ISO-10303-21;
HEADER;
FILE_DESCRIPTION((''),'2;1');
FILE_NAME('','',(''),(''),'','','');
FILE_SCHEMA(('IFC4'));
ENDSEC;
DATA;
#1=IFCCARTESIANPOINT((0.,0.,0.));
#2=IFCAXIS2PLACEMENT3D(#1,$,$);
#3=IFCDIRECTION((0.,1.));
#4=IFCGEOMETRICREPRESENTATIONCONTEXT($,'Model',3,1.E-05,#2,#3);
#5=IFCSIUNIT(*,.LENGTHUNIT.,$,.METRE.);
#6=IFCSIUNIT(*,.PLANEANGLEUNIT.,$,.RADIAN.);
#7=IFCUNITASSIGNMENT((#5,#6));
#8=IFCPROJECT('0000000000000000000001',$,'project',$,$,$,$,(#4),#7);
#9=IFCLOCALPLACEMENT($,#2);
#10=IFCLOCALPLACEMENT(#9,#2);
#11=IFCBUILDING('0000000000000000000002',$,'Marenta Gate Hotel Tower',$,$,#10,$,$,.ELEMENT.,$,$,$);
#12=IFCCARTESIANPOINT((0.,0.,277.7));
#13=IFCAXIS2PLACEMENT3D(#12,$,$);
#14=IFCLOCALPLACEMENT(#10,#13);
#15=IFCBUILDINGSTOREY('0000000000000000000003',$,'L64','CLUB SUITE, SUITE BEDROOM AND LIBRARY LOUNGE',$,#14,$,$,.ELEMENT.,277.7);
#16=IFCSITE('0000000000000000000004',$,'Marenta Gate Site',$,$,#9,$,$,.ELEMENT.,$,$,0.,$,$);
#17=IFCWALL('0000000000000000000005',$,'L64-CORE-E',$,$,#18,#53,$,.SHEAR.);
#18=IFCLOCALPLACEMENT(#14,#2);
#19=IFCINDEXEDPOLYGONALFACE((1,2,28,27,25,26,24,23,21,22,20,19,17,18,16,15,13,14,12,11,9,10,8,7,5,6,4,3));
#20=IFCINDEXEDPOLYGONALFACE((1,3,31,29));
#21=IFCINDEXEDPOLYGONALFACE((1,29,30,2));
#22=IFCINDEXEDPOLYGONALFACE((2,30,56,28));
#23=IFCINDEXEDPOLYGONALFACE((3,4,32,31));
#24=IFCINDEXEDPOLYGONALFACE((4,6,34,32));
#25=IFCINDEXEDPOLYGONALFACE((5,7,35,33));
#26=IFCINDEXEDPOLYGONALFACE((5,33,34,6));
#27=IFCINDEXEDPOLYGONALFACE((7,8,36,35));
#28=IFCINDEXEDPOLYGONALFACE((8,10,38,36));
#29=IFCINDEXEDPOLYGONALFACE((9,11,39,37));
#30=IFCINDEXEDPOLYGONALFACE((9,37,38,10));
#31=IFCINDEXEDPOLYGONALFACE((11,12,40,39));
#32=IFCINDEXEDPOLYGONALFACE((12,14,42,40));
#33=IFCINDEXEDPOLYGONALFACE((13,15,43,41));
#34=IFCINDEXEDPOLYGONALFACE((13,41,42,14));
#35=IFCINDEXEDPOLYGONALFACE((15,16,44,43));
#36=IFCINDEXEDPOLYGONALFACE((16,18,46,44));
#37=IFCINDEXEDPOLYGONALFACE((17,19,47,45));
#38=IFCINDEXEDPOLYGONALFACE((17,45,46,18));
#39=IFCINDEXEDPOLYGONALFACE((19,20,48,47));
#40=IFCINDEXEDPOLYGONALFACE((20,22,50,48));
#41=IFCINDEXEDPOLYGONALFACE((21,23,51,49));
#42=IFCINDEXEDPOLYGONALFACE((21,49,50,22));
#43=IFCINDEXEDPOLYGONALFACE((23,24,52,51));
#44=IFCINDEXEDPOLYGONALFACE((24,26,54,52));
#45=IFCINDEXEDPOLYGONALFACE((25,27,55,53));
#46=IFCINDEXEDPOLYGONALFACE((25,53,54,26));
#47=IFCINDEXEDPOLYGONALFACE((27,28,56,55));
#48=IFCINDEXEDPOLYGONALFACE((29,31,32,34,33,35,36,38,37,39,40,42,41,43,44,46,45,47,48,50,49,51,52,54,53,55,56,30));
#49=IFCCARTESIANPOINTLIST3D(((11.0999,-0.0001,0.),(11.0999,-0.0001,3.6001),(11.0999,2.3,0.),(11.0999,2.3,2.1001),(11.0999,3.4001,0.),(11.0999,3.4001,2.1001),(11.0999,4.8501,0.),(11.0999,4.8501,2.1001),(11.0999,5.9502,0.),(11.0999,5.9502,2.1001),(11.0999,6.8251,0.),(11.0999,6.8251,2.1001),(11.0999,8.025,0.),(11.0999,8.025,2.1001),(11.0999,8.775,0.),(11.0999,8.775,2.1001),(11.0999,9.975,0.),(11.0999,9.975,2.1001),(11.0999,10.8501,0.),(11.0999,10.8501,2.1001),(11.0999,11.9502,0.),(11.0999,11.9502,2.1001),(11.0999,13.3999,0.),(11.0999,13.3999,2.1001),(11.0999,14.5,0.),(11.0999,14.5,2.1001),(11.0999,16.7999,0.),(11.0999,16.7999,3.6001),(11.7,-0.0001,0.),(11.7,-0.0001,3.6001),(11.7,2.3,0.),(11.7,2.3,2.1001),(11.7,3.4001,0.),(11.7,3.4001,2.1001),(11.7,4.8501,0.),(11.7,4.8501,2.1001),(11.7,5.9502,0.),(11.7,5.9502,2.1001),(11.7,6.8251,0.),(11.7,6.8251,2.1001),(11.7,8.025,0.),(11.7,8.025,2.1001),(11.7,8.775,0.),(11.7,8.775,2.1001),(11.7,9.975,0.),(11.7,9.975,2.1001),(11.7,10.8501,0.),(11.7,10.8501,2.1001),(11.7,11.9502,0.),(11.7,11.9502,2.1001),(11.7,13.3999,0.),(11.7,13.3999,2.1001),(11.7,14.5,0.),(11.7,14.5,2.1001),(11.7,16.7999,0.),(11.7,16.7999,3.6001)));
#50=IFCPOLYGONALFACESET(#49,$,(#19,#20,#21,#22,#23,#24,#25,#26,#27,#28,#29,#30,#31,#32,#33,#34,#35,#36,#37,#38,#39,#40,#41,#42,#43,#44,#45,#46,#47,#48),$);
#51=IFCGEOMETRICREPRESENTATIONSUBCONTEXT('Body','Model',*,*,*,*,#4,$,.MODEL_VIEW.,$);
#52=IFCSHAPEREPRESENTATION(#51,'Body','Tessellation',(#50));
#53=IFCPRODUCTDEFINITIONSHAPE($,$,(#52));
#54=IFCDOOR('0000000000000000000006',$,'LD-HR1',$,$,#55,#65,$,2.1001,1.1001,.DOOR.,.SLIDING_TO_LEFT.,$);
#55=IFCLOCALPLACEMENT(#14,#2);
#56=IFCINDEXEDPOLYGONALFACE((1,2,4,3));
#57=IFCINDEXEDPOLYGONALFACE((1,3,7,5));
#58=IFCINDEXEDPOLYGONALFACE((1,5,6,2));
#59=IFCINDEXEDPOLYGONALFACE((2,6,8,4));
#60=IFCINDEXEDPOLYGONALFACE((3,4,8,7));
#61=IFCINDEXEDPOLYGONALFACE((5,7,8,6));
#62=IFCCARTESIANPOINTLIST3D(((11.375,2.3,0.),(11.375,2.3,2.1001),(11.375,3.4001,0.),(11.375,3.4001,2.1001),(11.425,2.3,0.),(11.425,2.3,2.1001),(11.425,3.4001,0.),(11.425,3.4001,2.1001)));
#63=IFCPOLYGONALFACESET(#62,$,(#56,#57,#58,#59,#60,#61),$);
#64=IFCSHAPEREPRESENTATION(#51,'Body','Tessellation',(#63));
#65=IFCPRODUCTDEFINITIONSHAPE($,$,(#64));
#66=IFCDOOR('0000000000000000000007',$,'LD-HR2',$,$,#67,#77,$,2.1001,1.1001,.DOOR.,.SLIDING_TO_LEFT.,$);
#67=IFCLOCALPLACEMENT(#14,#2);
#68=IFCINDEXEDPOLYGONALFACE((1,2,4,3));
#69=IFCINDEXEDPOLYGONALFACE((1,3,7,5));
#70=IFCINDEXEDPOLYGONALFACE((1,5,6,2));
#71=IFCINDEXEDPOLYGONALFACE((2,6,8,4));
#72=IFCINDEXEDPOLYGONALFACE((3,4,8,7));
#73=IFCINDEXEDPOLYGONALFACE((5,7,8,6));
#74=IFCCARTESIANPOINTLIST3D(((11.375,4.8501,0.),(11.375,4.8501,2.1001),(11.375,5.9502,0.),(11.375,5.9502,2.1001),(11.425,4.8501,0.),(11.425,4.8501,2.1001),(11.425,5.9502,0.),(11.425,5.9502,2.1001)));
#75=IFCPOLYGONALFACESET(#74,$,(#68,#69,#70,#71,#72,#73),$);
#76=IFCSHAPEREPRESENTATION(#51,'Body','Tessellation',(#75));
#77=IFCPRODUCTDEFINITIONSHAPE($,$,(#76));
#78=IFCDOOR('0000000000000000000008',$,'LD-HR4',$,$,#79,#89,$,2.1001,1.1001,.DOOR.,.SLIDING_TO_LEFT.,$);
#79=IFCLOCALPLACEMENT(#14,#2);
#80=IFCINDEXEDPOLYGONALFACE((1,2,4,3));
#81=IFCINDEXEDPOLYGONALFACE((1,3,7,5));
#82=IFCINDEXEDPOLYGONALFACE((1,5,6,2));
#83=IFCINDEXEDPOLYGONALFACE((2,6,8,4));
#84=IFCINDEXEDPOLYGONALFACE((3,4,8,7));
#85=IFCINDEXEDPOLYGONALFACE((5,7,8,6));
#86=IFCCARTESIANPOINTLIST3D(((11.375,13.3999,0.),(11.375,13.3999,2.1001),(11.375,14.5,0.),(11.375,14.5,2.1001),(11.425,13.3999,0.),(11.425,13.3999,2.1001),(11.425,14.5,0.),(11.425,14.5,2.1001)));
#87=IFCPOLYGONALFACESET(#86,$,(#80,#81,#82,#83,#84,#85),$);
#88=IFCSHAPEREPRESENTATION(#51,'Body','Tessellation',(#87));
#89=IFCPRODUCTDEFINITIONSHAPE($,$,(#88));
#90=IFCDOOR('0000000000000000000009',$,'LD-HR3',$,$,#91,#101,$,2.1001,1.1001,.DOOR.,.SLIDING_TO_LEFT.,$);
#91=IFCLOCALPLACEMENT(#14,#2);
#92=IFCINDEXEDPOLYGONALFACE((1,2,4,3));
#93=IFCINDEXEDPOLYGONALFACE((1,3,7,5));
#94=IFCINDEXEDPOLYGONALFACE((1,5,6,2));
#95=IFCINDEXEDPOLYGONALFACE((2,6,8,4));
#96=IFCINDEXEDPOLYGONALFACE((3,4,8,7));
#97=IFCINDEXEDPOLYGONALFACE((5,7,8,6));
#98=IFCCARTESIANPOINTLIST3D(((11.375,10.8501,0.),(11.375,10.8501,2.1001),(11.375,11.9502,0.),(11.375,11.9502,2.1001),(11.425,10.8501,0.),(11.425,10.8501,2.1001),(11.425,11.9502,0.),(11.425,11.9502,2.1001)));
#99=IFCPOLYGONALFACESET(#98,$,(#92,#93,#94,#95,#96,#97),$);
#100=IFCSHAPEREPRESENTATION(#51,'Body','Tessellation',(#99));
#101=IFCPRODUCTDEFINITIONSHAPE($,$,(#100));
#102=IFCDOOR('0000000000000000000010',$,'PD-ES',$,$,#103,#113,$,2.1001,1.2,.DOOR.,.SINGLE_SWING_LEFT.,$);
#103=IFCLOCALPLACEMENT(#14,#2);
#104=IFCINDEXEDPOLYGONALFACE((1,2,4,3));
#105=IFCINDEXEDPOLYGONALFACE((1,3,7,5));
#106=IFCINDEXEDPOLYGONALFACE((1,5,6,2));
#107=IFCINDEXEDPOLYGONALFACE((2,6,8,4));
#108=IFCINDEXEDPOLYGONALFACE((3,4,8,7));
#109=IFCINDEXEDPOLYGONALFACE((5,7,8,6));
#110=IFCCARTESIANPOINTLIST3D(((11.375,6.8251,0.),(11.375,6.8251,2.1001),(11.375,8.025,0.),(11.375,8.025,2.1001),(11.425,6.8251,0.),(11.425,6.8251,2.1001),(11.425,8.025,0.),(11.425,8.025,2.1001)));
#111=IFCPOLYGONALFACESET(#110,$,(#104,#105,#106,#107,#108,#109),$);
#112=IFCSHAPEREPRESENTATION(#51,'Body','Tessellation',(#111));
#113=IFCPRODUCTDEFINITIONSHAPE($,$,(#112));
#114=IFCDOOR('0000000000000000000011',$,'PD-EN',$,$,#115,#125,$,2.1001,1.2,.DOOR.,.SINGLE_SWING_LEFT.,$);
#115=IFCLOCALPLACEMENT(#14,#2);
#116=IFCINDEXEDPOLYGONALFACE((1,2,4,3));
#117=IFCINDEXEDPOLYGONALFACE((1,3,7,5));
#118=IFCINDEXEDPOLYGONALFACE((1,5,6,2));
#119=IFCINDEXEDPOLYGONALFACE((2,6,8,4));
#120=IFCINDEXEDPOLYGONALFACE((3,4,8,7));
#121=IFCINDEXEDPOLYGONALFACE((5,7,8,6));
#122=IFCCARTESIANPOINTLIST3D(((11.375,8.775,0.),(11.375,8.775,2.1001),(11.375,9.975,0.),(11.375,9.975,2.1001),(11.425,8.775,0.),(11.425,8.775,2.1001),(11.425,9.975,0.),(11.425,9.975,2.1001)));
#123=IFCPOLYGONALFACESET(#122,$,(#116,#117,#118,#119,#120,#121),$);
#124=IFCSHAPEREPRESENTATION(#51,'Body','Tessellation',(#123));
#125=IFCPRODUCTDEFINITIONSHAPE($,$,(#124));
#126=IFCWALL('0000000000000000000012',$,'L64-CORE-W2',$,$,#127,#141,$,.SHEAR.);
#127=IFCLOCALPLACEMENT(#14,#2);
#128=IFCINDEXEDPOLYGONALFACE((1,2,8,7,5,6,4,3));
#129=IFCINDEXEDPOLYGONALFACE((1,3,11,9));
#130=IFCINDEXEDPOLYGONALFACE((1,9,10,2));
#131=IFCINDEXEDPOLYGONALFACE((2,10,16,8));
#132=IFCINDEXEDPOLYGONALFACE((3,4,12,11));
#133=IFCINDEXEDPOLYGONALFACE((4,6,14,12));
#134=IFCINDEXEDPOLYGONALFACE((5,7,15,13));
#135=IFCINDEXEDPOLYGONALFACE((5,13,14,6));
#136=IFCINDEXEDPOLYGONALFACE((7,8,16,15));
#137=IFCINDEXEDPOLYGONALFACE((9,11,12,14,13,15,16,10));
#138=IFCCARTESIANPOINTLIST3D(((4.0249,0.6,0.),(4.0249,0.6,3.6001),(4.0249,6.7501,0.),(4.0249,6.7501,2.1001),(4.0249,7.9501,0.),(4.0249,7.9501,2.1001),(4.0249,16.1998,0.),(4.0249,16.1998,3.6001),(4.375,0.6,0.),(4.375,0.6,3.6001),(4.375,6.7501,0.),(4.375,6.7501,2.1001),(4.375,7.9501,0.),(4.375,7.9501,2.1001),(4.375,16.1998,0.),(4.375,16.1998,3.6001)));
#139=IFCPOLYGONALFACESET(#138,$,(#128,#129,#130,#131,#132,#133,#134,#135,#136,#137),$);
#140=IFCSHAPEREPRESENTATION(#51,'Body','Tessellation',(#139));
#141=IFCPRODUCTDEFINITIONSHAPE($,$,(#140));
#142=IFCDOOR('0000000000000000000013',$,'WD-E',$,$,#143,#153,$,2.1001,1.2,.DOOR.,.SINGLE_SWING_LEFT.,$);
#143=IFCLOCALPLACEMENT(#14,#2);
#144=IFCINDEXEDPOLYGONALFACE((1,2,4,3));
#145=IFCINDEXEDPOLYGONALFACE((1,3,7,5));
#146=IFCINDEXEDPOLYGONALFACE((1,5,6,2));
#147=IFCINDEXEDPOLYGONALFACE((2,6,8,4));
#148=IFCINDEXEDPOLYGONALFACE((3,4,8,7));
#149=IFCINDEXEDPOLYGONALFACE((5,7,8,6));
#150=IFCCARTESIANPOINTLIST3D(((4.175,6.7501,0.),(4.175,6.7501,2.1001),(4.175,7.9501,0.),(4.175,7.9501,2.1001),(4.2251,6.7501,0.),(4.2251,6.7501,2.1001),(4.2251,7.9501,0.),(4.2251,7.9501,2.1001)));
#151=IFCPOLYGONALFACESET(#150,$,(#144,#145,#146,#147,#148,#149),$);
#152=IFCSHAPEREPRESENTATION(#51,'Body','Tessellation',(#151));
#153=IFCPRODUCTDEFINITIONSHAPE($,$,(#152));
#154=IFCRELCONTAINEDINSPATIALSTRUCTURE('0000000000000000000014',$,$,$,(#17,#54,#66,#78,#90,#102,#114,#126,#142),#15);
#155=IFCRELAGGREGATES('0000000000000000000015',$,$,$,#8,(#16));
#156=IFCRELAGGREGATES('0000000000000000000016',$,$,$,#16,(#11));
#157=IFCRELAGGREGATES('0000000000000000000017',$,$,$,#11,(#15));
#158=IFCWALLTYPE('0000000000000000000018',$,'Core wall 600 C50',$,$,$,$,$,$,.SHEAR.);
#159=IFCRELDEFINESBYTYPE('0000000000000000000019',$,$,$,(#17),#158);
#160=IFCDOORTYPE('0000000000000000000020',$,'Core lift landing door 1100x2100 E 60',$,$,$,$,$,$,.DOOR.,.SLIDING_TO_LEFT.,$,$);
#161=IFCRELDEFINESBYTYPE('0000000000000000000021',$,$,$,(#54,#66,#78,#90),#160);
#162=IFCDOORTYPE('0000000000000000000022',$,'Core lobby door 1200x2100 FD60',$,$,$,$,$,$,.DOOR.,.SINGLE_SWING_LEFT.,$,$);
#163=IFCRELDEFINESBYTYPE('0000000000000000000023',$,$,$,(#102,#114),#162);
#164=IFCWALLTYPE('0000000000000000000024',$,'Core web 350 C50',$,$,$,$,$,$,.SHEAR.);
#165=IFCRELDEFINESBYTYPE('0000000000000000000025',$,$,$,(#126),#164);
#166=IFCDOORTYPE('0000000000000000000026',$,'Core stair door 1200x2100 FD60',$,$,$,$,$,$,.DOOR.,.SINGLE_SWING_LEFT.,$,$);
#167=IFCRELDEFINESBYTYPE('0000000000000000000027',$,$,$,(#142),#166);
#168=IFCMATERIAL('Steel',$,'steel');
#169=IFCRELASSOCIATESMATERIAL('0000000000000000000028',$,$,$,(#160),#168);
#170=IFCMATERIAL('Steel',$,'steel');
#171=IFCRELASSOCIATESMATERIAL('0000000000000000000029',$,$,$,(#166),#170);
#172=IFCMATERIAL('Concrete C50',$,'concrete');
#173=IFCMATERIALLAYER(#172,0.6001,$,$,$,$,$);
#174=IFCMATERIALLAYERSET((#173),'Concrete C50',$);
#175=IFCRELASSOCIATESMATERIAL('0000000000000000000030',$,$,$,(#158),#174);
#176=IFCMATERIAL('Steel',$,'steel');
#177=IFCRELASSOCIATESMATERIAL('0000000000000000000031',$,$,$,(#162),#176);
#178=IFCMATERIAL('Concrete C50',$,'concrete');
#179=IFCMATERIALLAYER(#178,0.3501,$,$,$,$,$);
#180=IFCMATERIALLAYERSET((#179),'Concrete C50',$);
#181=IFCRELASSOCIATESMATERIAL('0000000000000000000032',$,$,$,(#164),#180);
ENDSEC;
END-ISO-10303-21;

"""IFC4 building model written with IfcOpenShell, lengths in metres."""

from ifc_helpers import new_model, si_unit, direction, frame, frame_2d, origin, place, context, subcontext, project, spatial, rectangle, extrude, material, layer, layer_set, type_object, element, fill, save


model = new_model("IFC4")

# Units and contexts
model_context = context("Model", 3, precision=1e-05, world=origin(), true_north=direction((0.0, 1.0)))
body_context = subcontext(model_context, "Body", "Model", "MODEL_VIEW")
ifc_project = project(units=[si_unit("LENGTHUNIT", "METRE"), si_unit("PLANEANGLEUNIT", "RADIAN")], contexts=[model_context])

# Site, building, storey
site_placement = place(None, origin())
site = spatial("IfcSite", under=ifc_project, at=site_placement, Name="Marenta Gate Site", CompositionType="ELEMENT", RefElevation=0.0)
building_placement = place(site_placement, origin())
building = spatial("IfcBuilding", under=site, at=building_placement, Name="Marenta Gate Hotel Tower", CompositionType="ELEMENT")
storey_placement = place(building_placement, frame((0.0, 0.0, 277.7)))
storey = spatial("IfcBuildingStorey", under=building, at=storey_placement, Name="L64", Description="CLUB SUITE, SUITE BEDROOM AND LIBRARY LOUNGE", CompositionType="ELEMENT", Elevation=277.7)

# Shared definitions
ifc_material_1 = material(Name="Steel", Category="steel")
door_type_1 = type_object("IfcDoorType", Name="Core lift landing door 1100x2100 E 60", OperationType="SLIDING_TO_LEFT", PredefinedType="DOOR", material=ifc_material_1)

# Shared definitions
ifc_material_2 = material(Name="Steel", Category="steel")
door_type_2 = type_object("IfcDoorType", Name="Core stair door 1200x2100 FD60", OperationType="SINGLE_SWING_LEFT", PredefinedType="DOOR", material=ifc_material_2)

# Wall, openings, doors
ifc_material_3 = material(Name="Concrete C50", Category="concrete")
ifc_layer_1 = layer(ifc_material_3, 0.6001)
ifc_layer_set_1 = layer_set([ifc_layer_1], Name="Concrete C50")
wall_type_1 = type_object("IfcWallType", Name="Core wall 600 C50", PredefinedType="SHEAR", material=ifc_layer_set_1)
wall_1_placement = place(storey_placement, frame((11.3999, 0.0, 0.0), z_axis=(0.0, 0.0, 1.0), x_axis=(0.0, 1.0, 0.0)))
wall_1 = element("IfcWall", 1, at=wall_1_placement, inside=storey, type_object=wall_type_1, Name="L64-CORE-E", PredefinedType="SHEAR", context=body_context, shape_type="SweptSolid", body=[
    extrude(rectangle(XDim=16.8, YDim=0.6001, at=frame_2d((8.3999, 0.0))), origin(), (0.0, 0.0, 1.0), 3.6001),
])
opening_1_placement = place(wall_1_placement, frame((2.3, 0.0, 0.0)))
opening_1 = element("IfcOpeningElement", 2, at=opening_1_placement, cuts=wall_1, PredefinedType="OPENING", context=body_context, shape_type="SweptSolid", body=[
    extrude(rectangle(XDim=1.1001, YDim=2.1001, at=frame_2d((0.55, 1.05))), frame((0.0, 0.3, 0.0), z_axis=(0.0, -1.0, 0.0), x_axis=(1.0, 0.0, 0.0)), (0.0, 0.0, 1.0), 0.6001),
])
opening_2_placement = place(wall_1_placement, frame((4.8501, 0.0, 0.0)))
opening_2 = element("IfcOpeningElement", 3, at=opening_2_placement, cuts=wall_1, PredefinedType="OPENING", context=body_context, shape_type="SweptSolid", body=[
    extrude(rectangle(XDim=1.1001, YDim=2.1001, at=frame_2d((0.55, 1.05))), frame((0.0, 0.3, 0.0), z_axis=(0.0, -1.0, 0.0), x_axis=(1.0, 0.0, 0.0)), (0.0, 0.0, 1.0), 0.6001),
])
opening_3_placement = place(wall_1_placement, frame((6.825, 0.0, 0.0)))
opening_3 = element("IfcOpeningElement", 4, at=opening_3_placement, cuts=wall_1, PredefinedType="OPENING", context=body_context, shape_type="SweptSolid", body=[
    extrude(rectangle(XDim=1.2, YDim=2.1001, at=frame_2d((0.6001, 1.05))), frame((0.0, 0.3, 0.0), z_axis=(0.0, -1.0, 0.0), x_axis=(1.0, 0.0, 0.0)), (0.0, 0.0, 1.0), 0.6001),
])
opening_4_placement = place(wall_1_placement, frame((13.3999, 0.0, 0.0)))
opening_4 = element("IfcOpeningElement", 5, at=opening_4_placement, cuts=wall_1, PredefinedType="OPENING", context=body_context, shape_type="SweptSolid", body=[
    extrude(rectangle(XDim=1.1001, YDim=2.1001, at=frame_2d((0.55, 1.05))), frame((0.0, 0.3, 0.0), z_axis=(0.0, -1.0, 0.0), x_axis=(1.0, 0.0, 0.0)), (0.0, 0.0, 1.0), 0.6001),
])
opening_5_placement = place(wall_1_placement, frame((10.8501, 0.0, 0.0)))
opening_5 = element("IfcOpeningElement", 6, at=opening_5_placement, cuts=wall_1, PredefinedType="OPENING", context=body_context, shape_type="SweptSolid", body=[
    extrude(rectangle(XDim=1.1001, YDim=2.1001, at=frame_2d((0.55, 1.05))), frame((0.0, 0.3, 0.0), z_axis=(0.0, -1.0, 0.0), x_axis=(1.0, 0.0, 0.0)), (0.0, 0.0, 1.0), 0.6001),
])
opening_6_placement = place(wall_1_placement, frame((8.7749, 0.0, 0.0)))
opening_6 = element("IfcOpeningElement", 7, at=opening_6_placement, cuts=wall_1, PredefinedType="OPENING", context=body_context, shape_type="SweptSolid", body=[
    extrude(rectangle(XDim=1.2, YDim=2.1001, at=frame_2d((0.6001, 1.05))), frame((0.0, 0.3, 0.0), z_axis=(0.0, -1.0, 0.0), x_axis=(1.0, 0.0, 0.0)), (0.0, 0.0, 1.0), 0.6001),
])
door_1_placement = place(opening_1_placement, origin())
door_1 = element("IfcDoor", 8, at=door_1_placement, inside=storey, type_object=door_type_1, Name="LD-HR1", OperationType="SLIDING_TO_LEFT", OverallHeight=2.1001, OverallWidth=1.1001, PredefinedType="DOOR", context=body_context, shape_type="SweptSolid", body=[
    extrude(rectangle(XDim=1.1001, YDim=2.1001, at=frame_2d((0.55, 1.05))), frame((0.0, 0.0249, 0.0), z_axis=(0.0, -1.0, 0.0), x_axis=(1.0, 0.0, 0.0)), (0.0, 0.0, 1.0), 0.05),
])
fill(opening_1, door_1)
door_2_placement = place(opening_2_placement, origin())
door_2 = element("IfcDoor", 9, at=door_2_placement, inside=storey, type_object=door_type_1, Name="LD-HR2", OperationType="SLIDING_TO_LEFT", OverallHeight=2.1001, OverallWidth=1.1001, PredefinedType="DOOR", context=body_context, shape_type="SweptSolid", body=[
    extrude(rectangle(XDim=1.1001, YDim=2.1001, at=frame_2d((0.55, 1.05))), frame((0.0, 0.0249, 0.0), z_axis=(0.0, -1.0, 0.0), x_axis=(1.0, 0.0, 0.0)), (0.0, 0.0, 1.0), 0.05),
])
fill(opening_2, door_2)
door_3_placement = place(opening_4_placement, origin())
door_3 = element("IfcDoor", 10, at=door_3_placement, inside=storey, type_object=door_type_1, Name="LD-HR4", OperationType="SLIDING_TO_LEFT", OverallHeight=2.1001, OverallWidth=1.1001, PredefinedType="DOOR", context=body_context, shape_type="SweptSolid", body=[
    extrude(rectangle(XDim=1.1001, YDim=2.1001, at=frame_2d((0.55, 1.05))), frame((0.0, 0.0249, 0.0), z_axis=(0.0, -1.0, 0.0), x_axis=(1.0, 0.0, 0.0)), (0.0, 0.0, 1.0), 0.05),
])
fill(opening_4, door_3)
door_4_placement = place(opening_5_placement, origin())
door_4 = element("IfcDoor", 11, at=door_4_placement, inside=storey, type_object=door_type_1, Name="LD-HR3", OperationType="SLIDING_TO_LEFT", OverallHeight=2.1001, OverallWidth=1.1001, PredefinedType="DOOR", context=body_context, shape_type="SweptSolid", body=[
    extrude(rectangle(XDim=1.1001, YDim=2.1001, at=frame_2d((0.55, 1.05))), frame((0.0, 0.0249, 0.0), z_axis=(0.0, -1.0, 0.0), x_axis=(1.0, 0.0, 0.0)), (0.0, 0.0, 1.0), 0.05),
])
fill(opening_5, door_4)
ifc_material_4 = material(Name="Steel", Category="steel")
door_type_3 = type_object("IfcDoorType", Name="Core lobby door 1200x2100 FD60", OperationType="SINGLE_SWING_LEFT", PredefinedType="DOOR", material=ifc_material_4)
door_5_placement = place(opening_3_placement, origin())
door_5 = element("IfcDoor", 12, at=door_5_placement, inside=storey, type_object=door_type_3, Name="PD-ES", OperationType="SINGLE_SWING_LEFT", OverallHeight=2.1001, OverallWidth=1.2, PredefinedType="DOOR", context=body_context, shape_type="SweptSolid", body=[
    extrude(rectangle(XDim=1.2, YDim=2.1001, at=frame_2d((0.6001, 1.05))), frame((0.0, 0.0249, 0.0), z_axis=(0.0, -1.0, 0.0), x_axis=(1.0, 0.0, 0.0)), (0.0, 0.0, 1.0), 0.05),
])
fill(opening_3, door_5)
door_6_placement = place(opening_6_placement, origin())
door_6 = element("IfcDoor", 13, at=door_6_placement, inside=storey, type_object=door_type_3, Name="PD-EN", OperationType="SINGLE_SWING_LEFT", OverallHeight=2.1001, OverallWidth=1.2, PredefinedType="DOOR", context=body_context, shape_type="SweptSolid", body=[
    extrude(rectangle(XDim=1.2, YDim=2.1001, at=frame_2d((0.6001, 1.05))), frame((0.0, 0.0249, 0.0), z_axis=(0.0, -1.0, 0.0), x_axis=(1.0, 0.0, 0.0)), (0.0, 0.0, 1.0), 0.05),
])
fill(opening_6, door_6)

# Wall, opening, door
ifc_material_5 = material(Name="Concrete C50", Category="concrete")
ifc_layer_2 = layer(ifc_material_5, 0.3501)
ifc_layer_set_2 = layer_set([ifc_layer_2], Name="Concrete C50")
wall_type_2 = type_object("IfcWallType", Name="Core web 350 C50", PredefinedType="SHEAR", material=ifc_layer_set_2)
wall_2_placement = place(storey_placement, frame((4.2, 0.6001, 0.0), z_axis=(0.0, 0.0, 1.0), x_axis=(0.0, 1.0, 0.0)))
wall_2 = element("IfcWall", 14, at=wall_2_placement, inside=storey, type_object=wall_type_2, Name="L64-CORE-W2", PredefinedType="SHEAR", context=body_context, shape_type="SweptSolid", body=[
    extrude(rectangle(XDim=15.5999, YDim=0.3501, at=frame_2d((7.7998, 0.0))), origin(), (0.0, 0.0, 1.0), 3.6001),
])
opening_7_placement = place(wall_2_placement, frame((6.1499, 0.0, 0.0)))
opening_7 = element("IfcOpeningElement", 15, at=opening_7_placement, cuts=wall_2, PredefinedType="OPENING", context=body_context, shape_type="SweptSolid", body=[
    extrude(rectangle(XDim=1.2, YDim=2.1001, at=frame_2d((0.6001, 1.05))), frame((0.0, 0.175, 0.0), z_axis=(0.0, -1.0, 0.0), x_axis=(1.0, 0.0, 0.0)), (0.0, 0.0, 1.0), 0.3501),
])
door_7_placement = place(opening_7_placement, origin())
door_7 = element("IfcDoor", 16, at=door_7_placement, inside=storey, type_object=door_type_2, Name="WD-E", OperationType="SINGLE_SWING_LEFT", OverallHeight=2.1001, OverallWidth=1.2, PredefinedType="DOOR", context=body_context, shape_type="SweptSolid", body=[
    extrude(rectangle(XDim=1.2, YDim=2.1001, at=frame_2d((0.6001, 1.05))), frame((0.0, 0.0249, 0.0), z_axis=(0.0, -1.0, 0.0), x_axis=(1.0, 0.0, 0.0)), (0.0, 0.0, 1.0), 0.05),
])
fill(opening_7, door_7)

save(model, "model.ifc")
